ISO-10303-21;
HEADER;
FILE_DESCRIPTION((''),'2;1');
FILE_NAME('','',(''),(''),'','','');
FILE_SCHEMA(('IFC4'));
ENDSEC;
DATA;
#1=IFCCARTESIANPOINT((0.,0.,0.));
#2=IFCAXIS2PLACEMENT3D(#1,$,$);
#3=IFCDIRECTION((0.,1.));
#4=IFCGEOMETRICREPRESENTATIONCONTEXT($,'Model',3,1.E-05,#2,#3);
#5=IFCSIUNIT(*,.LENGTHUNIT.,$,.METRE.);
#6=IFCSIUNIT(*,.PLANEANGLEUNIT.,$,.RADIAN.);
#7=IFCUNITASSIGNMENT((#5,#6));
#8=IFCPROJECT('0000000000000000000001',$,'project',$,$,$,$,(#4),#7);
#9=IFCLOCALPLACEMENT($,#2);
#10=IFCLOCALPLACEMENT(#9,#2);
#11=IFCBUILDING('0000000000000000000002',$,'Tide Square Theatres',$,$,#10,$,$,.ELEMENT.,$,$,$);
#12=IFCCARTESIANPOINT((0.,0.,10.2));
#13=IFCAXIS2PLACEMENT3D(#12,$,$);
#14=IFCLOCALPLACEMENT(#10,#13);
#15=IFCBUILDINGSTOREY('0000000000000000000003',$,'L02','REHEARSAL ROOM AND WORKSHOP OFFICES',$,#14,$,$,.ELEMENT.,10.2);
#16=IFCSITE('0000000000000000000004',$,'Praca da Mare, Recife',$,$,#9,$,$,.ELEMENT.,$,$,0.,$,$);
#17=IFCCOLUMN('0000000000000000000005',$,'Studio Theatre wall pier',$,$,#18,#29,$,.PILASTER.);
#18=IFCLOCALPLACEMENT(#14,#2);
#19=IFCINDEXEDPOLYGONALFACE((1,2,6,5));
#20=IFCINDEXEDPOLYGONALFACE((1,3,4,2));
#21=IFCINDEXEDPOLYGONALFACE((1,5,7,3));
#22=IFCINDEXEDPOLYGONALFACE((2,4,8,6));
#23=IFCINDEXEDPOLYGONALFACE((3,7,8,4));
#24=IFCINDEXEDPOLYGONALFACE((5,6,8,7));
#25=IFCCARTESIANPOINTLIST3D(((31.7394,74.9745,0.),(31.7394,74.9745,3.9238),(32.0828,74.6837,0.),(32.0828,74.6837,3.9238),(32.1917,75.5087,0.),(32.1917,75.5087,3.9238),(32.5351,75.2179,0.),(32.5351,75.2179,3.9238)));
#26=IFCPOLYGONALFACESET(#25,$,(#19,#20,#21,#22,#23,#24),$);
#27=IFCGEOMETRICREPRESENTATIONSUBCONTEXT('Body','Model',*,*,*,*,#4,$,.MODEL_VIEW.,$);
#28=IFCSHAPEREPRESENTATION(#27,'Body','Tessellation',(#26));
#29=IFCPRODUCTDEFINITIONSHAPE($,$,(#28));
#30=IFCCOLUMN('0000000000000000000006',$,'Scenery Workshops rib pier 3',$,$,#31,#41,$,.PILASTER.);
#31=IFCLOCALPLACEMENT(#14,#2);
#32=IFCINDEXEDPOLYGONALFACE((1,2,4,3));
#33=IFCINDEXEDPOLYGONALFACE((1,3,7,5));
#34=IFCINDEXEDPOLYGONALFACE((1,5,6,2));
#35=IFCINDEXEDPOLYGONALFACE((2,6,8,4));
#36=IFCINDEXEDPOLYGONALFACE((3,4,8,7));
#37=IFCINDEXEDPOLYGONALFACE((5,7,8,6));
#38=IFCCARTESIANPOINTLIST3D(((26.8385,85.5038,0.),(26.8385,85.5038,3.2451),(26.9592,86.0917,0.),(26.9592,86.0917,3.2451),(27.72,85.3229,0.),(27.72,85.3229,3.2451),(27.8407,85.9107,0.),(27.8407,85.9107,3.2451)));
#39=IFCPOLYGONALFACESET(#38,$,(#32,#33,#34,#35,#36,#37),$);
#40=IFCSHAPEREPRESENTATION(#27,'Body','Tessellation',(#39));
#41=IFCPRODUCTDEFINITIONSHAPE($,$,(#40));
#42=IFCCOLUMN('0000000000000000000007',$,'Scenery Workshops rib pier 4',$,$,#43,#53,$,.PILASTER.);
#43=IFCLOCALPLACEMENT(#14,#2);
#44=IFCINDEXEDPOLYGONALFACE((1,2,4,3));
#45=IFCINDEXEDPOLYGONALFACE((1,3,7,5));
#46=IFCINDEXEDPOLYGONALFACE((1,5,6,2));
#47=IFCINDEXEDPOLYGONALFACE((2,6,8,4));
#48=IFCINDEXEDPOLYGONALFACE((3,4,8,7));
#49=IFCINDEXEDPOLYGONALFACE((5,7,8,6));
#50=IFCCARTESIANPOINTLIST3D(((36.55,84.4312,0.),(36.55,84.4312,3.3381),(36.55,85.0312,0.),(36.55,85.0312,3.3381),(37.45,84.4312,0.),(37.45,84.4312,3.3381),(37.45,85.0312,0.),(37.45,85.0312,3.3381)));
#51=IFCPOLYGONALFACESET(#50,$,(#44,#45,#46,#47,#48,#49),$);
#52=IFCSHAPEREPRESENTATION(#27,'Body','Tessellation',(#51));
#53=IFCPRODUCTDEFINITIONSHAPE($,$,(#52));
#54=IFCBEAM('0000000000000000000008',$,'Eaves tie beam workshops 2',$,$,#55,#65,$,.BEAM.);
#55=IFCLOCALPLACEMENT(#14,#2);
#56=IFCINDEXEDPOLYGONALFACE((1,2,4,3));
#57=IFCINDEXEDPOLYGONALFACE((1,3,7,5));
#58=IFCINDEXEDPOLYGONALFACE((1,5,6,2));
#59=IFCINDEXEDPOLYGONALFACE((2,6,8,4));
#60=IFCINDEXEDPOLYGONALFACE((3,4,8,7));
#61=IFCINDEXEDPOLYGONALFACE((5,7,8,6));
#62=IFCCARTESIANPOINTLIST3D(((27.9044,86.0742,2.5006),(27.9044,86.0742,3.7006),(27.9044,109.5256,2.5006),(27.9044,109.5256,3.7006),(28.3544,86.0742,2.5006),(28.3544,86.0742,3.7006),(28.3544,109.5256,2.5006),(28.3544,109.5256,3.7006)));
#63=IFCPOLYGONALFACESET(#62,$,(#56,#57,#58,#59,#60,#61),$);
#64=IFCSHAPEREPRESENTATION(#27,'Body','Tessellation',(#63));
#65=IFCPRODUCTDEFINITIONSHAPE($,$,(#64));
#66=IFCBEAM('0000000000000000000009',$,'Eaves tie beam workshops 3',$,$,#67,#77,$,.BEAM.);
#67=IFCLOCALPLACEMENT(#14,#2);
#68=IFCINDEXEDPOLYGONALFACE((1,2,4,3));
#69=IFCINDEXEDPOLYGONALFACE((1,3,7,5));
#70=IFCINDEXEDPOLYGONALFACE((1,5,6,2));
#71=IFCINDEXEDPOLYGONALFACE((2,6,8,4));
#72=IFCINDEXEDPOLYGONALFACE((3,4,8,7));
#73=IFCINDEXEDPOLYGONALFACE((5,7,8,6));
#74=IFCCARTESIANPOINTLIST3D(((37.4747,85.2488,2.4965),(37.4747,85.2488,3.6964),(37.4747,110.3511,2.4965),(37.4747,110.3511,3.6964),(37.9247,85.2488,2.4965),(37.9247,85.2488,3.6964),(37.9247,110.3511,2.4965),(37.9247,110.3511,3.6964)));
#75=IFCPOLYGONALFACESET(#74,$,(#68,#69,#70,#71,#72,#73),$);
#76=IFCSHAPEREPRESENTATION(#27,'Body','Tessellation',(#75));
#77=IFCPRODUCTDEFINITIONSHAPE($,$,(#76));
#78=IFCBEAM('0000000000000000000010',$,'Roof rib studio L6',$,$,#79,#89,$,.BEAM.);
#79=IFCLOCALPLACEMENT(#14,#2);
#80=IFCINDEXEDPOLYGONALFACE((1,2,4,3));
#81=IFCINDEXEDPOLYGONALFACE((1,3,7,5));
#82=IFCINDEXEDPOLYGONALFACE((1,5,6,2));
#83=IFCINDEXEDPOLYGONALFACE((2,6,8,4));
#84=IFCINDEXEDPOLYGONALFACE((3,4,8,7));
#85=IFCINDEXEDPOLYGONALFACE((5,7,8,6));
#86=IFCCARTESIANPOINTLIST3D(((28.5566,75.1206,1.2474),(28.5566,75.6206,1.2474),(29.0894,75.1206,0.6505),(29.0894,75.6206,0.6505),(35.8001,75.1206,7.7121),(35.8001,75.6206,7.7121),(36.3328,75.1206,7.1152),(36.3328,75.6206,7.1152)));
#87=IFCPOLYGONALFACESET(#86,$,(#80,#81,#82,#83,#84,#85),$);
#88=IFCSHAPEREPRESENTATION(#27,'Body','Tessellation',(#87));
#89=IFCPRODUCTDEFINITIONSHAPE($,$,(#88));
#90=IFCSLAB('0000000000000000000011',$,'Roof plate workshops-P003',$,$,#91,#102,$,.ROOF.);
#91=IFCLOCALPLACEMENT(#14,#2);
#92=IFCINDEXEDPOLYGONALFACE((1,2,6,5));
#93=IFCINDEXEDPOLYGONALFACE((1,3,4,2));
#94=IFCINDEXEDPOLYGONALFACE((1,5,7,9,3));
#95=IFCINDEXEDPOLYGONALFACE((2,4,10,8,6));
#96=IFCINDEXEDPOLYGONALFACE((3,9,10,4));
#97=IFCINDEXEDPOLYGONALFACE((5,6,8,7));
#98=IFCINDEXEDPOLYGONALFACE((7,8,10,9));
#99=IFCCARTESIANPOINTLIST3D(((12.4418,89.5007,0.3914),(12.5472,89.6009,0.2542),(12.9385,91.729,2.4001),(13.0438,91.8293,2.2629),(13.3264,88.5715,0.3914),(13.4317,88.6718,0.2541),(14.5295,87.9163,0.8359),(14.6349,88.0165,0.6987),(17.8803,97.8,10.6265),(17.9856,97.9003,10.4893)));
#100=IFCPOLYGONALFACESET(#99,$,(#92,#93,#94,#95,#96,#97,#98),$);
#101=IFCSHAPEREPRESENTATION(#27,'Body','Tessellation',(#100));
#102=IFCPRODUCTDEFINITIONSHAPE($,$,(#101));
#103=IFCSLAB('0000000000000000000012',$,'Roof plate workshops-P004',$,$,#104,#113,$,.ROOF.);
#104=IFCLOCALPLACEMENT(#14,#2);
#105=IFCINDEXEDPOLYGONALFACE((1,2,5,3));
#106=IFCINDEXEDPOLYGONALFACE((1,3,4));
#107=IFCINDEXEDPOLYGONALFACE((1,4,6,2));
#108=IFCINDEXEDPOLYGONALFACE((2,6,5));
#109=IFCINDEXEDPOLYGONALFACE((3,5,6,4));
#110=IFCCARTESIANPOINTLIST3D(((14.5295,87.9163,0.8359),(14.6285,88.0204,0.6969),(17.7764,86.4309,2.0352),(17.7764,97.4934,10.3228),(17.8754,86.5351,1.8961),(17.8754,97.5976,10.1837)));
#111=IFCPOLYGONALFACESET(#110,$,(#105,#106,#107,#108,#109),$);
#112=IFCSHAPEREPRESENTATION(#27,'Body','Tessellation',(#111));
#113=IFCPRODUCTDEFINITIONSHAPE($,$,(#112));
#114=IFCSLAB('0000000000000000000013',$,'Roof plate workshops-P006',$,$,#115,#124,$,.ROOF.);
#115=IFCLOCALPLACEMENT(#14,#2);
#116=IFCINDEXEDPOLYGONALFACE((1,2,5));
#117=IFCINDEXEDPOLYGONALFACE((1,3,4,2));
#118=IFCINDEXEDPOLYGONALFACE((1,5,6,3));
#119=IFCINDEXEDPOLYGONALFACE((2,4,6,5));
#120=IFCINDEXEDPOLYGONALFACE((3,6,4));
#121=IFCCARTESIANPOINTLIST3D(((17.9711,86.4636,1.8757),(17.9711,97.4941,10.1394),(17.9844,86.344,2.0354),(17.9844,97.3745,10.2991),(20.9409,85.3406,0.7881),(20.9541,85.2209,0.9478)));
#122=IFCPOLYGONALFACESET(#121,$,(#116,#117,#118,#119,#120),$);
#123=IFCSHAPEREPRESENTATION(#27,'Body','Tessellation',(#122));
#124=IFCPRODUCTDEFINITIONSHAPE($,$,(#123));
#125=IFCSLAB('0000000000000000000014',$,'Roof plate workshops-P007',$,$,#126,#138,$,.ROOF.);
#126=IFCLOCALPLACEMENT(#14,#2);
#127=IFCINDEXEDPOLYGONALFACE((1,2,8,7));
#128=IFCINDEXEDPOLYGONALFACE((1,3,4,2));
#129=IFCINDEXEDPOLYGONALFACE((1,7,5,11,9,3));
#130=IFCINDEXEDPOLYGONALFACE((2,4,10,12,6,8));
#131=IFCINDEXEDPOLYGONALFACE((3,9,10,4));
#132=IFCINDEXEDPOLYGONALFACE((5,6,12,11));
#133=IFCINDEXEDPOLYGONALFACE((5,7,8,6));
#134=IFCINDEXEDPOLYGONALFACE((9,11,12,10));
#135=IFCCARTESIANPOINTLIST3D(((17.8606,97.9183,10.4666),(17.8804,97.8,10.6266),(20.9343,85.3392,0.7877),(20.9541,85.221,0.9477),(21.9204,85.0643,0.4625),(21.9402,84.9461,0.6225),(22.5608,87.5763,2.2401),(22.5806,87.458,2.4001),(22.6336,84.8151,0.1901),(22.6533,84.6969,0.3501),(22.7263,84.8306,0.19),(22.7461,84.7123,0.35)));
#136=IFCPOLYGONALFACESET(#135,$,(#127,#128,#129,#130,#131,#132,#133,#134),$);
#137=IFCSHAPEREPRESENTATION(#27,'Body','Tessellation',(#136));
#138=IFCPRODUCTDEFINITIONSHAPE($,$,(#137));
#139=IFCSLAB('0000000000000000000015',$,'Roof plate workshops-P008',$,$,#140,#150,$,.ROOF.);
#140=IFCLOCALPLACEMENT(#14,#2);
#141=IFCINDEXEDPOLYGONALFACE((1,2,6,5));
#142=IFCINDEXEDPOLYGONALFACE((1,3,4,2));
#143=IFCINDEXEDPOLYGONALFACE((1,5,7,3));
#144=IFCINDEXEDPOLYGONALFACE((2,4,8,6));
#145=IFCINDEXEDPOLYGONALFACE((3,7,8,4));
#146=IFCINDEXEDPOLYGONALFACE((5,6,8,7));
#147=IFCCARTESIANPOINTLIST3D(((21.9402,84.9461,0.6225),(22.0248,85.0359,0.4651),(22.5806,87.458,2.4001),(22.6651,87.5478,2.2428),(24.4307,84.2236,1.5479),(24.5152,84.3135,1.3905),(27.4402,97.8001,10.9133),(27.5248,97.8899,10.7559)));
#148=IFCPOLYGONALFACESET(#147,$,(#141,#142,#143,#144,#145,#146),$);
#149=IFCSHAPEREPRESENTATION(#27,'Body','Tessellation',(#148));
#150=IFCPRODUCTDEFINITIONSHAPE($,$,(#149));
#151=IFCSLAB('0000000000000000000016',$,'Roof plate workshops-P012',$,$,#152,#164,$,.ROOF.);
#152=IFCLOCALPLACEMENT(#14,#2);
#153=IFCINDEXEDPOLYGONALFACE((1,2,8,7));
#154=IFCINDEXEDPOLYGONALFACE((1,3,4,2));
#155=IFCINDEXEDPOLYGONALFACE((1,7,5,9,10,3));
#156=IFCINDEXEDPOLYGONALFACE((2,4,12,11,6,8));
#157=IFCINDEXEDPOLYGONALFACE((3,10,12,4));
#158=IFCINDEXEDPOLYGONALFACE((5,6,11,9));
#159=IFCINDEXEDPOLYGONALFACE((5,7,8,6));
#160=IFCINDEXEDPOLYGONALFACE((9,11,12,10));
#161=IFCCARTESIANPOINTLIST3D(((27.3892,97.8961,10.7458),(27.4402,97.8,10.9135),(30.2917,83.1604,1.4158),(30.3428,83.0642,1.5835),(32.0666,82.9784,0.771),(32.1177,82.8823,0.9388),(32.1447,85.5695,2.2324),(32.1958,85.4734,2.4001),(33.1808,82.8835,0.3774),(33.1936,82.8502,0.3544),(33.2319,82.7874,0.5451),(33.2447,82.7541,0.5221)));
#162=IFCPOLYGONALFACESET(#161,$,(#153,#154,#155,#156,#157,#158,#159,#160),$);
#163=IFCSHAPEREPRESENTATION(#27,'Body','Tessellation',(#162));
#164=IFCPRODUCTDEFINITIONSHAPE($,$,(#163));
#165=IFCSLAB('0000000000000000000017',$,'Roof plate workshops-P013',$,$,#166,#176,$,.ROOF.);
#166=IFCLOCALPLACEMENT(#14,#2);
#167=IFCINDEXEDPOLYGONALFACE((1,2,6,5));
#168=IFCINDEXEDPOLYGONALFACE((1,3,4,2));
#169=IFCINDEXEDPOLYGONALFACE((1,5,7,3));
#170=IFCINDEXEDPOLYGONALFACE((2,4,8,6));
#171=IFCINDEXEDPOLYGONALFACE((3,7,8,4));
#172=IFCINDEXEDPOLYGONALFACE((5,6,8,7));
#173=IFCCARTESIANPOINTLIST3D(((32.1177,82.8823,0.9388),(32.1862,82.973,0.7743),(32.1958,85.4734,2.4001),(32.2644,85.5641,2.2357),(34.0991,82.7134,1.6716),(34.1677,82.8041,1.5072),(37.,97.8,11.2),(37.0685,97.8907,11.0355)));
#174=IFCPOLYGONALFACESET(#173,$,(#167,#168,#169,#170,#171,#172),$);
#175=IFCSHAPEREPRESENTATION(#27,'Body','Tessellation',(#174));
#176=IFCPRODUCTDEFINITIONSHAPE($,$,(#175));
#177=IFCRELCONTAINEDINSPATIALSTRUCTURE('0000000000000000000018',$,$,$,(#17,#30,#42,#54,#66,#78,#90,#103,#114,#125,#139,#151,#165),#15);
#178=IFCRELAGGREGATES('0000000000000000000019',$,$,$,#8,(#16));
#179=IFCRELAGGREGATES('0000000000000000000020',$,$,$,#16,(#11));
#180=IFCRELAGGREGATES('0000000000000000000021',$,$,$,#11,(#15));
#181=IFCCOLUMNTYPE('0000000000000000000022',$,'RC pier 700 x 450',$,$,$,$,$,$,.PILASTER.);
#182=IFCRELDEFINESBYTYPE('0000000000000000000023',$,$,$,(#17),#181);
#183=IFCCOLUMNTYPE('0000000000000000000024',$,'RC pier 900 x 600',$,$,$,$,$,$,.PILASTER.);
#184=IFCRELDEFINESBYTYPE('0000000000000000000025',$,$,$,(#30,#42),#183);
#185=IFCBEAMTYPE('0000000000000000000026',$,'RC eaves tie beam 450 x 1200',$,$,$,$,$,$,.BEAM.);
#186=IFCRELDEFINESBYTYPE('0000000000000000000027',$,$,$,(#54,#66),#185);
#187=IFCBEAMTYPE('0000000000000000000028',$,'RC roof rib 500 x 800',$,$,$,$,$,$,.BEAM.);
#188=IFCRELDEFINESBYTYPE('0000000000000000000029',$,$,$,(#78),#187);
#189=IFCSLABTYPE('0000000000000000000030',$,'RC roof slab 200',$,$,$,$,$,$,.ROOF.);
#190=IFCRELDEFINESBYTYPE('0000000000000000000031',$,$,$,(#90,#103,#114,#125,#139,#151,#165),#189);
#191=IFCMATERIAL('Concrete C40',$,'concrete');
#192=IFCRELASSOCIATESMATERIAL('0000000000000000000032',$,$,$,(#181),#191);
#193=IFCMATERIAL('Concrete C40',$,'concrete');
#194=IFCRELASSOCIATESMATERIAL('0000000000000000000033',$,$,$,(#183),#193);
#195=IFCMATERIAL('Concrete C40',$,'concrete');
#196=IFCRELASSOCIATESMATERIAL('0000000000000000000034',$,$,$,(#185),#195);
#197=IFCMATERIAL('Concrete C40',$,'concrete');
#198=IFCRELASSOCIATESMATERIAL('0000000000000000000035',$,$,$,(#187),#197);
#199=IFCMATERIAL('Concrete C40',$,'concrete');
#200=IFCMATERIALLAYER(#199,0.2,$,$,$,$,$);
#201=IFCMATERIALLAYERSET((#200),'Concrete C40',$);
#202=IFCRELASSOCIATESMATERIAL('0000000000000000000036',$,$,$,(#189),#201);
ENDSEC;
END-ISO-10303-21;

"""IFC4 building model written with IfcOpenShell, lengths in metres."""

from ifc_helpers import new_model, si_unit, direction, frame, origin, origin_2d, place, context, subcontext, project, spatial, polyline, rectangle, outline, extrude, material, layer, layer_set, material_profile, profile_set, type_object, element, save


model = new_model("IFC4")

# Units and contexts
model_context = context("Model", 3, precision=1e-05, world=origin(), true_north=direction((0.0, 1.0)))
body_context = subcontext(model_context, "Body", "Model", "MODEL_VIEW")
ifc_project = project(units=[si_unit("LENGTHUNIT", "METRE"), si_unit("PLANEANGLEUNIT", "RADIAN")], contexts=[model_context])

# Site, building, storey
site_placement = place(None, origin())
site = spatial("IfcSite", under=ifc_project, at=site_placement, Name="Praca da Mare, Recife", CompositionType="ELEMENT", RefElevation=0.0)
building_placement = place(site_placement, origin())
building = spatial("IfcBuilding", under=site, at=building_placement, Name="Tide Square Theatres", CompositionType="ELEMENT")
storey_placement = place(building_placement, frame((0.0, 0.0, 10.2)))
storey = spatial("IfcBuildingStorey", under=building, at=storey_placement, Name="L02", Description="REHEARSAL ROOM AND WORKSHOP OFFICES", CompositionType="ELEMENT", Elevation=10.2)

# Columns
ifc_material_1 = material(Name="Concrete C40", Category="concrete")
ifc_material_profile_1 = material_profile(ifc_material_1, rectangle(XDim=0.7, YDim=0.45, at=origin_2d()))
ifc_profile_set_1 = profile_set([ifc_material_profile_1], Name="Concrete C40")
column_type_1 = type_object("IfcColumnType", Name="RC pier 700 x 450", PredefinedType="PILASTER", material=ifc_profile_set_1)
column_1_placement = place(storey_placement, frame((32.1372, 75.0962, 0.0), z_axis=(0.0, 0.0, 1.0), x_axis=(-0.646184, -0.763182, 0.0)))
element("IfcColumn", 1, at=column_1_placement, inside=storey, type_object=column_type_1, Name="Studio Theatre wall pier", PredefinedType="PILASTER", context=body_context, shape_type="SweptSolid", body=[
    extrude(rectangle(XDim=0.7, YDim=0.45, at=origin_2d()), origin(), (0.0, 0.0, 1.0), 3.9238),
])
ifc_material_2 = material(Name="Concrete C40", Category="concrete")
ifc_material_profile_2 = material_profile(ifc_material_2, rectangle(XDim=0.8999, YDim=0.6001, at=origin_2d()))
ifc_profile_set_2 = profile_set([ifc_material_profile_2], Name="Concrete C40")
column_type_2 = type_object("IfcColumnType", Name="RC pier 900 x 600", PredefinedType="PILASTER", material=ifc_profile_set_2)
column_2_placement = place(storey_placement, frame((27.3396, 85.7073, 0.0), z_axis=(0.0, 0.0, 1.0), x_axis=(0.979575, -0.201079, 0.0)))
element("IfcColumn", 2, at=column_2_placement, inside=storey, type_object=column_type_2, Name="Scenery Workshops rib pier 3", PredefinedType="PILASTER", context=body_context, shape_type="SweptSolid", body=[
    extrude(rectangle(XDim=0.8999, YDim=0.6001, at=origin_2d()), origin(), (0.0, 0.0, 1.0), 3.2451),
])
column_3_placement = place(storey_placement, frame((37.0, 84.7312, 0.0), z_axis=(0.0, 0.0, 1.0), x_axis=(1.0, 0.0, 0.0)))
element("IfcColumn", 3, at=column_3_placement, inside=storey, type_object=column_type_2, Name="Scenery Workshops rib pier 4", PredefinedType="PILASTER", context=body_context, shape_type="SweptSolid", body=[
    extrude(rectangle(XDim=0.8999, YDim=0.6001, at=origin_2d()), origin(), (0.0, 0.0, 1.0), 3.3381),
])

# Beams
ifc_material_3 = material(Name="Concrete C40", Category="concrete")
ifc_material_profile_3 = material_profile(ifc_material_3, rectangle(XDim=0.45, YDim=1.2, at=origin_2d()))
ifc_profile_set_3 = profile_set([ifc_material_profile_3], Name="Concrete C40")
beam_type_1 = type_object("IfcBeamType", Name="RC eaves tie beam 450 x 1200", PredefinedType="BEAM", material=ifc_profile_set_3)
beam_1_placement = place(storey_placement, frame((28.1294, 86.0742, 3.1006), z_axis=(0.0, 1.0, 0.0), x_axis=(-1.0, 0.0, 0.0)))
element("IfcBeam", 4, at=beam_1_placement, inside=storey, type_object=beam_type_1, Name="Eaves tie beam workshops 2", PredefinedType="BEAM", context=body_context, shape_type="SweptSolid", body=[
    extrude(rectangle(XDim=0.45, YDim=1.2, at=origin_2d()), origin(), (0.0, 0.0, 1.0), 23.4514),
])
beam_2_placement = place(storey_placement, frame((37.6997, 85.2488, 3.0964), z_axis=(0.0, 1.0, 0.0), x_axis=(-1.0, 0.0, 0.0)))
element("IfcBeam", 5, at=beam_2_placement, inside=storey, type_object=beam_type_1, Name="Eaves tie beam workshops 3", PredefinedType="BEAM", context=body_context, shape_type="SweptSolid", body=[
    extrude(rectangle(XDim=0.45, YDim=1.2, at=origin_2d()), origin(), (0.0, 0.0, 1.0), 25.1023),
])
ifc_material_4 = material(Name="Concrete C40", Category="concrete")
ifc_material_profile_4 = material_profile(ifc_material_4, rectangle(XDim=0.5, YDim=0.8, at=origin_2d()))
ifc_profile_set_4 = profile_set([ifc_material_profile_4], Name="Concrete C40")
beam_type_2 = type_object("IfcBeamType", Name="RC roof rib 500 x 800", PredefinedType="BEAM", material=ifc_profile_set_4)
beam_3_placement = place(storey_placement, frame((28.823, 75.3706, 0.949), z_axis=(0.746077, 0.0, 0.665859), x_axis=(0.0, 1.0, 0.0)))
element("IfcBeam", 6, at=beam_3_placement, inside=storey, type_object=beam_type_2, Name="Roof rib studio L6", PredefinedType="BEAM", context=body_context, shape_type="SweptSolid", body=[
    extrude(rectangle(XDim=0.5, YDim=0.8, at=origin_2d()), origin(), (0.0, 0.0, 1.0), 9.7087),
])

# Slabs
ifc_material_5 = material(Name="Concrete C40", Category="concrete")
ifc_layer_1 = layer(ifc_material_5, 0.2)
ifc_layer_set_1 = layer_set([ifc_layer_1], Name="Concrete C40")
slab_type = type_object("IfcSlabType", Name="RC roof slab 200", PredefinedType="ROOF", material=ifc_layer_set_1)
slab_1_placement = place(storey_placement, frame((14.5295, 87.9163, 0.8359), z_axis=(-0.526692, -0.501404, 0.686432), x_axis=(0.234159, 0.690695, 0.684186)))
element("IfcSlab", 7, at=slab_1_placement, inside=storey, type_object=slab_type, Name="Roof plate workshops-P003", PredefinedType="ROOF", context=body_context, shape_type="SweptSolid", body=[
    extrude(outline(polyline([(0.0, 0.0), (14.3098, 0.0), (3.3311, 2.9016), (0.3014, 2.6411), (-0.1333, 1.4341), (0.0, 0.0)])), origin(), (0.0, 0.0, -1.0), 0.2),
])
slab_2_placement = place(storey_placement, frame((14.5295, 87.9163, 0.8359), z_axis=(-0.495131, -0.520918, 0.695334), x_axis=(0.862035, -0.394362, 0.318394)))
element("IfcSlab", 8, at=slab_2_placement, inside=storey, type_object=slab_type, Name="Roof plate workshops-P004", PredefinedType="ROOF", context=body_context, shape_type="SweptSolid", body=[
    extrude(outline(polyline([(0.0, 0.0), (3.7665, 0.0), (2.0426, 13.7146), (0.0, 0.0)])), origin(), (0.0, 0.0, -1.0), 0.2),
])
slab_3_placement = place(storey_placement, frame((20.9541, 85.2209, 0.9478), z_axis=(0.06623, -0.598256, 0.798564), x_axis=(-0.190127, 0.778091, 0.598687)))
element("IfcSlab", 9, at=slab_3_placement, inside=storey, type_object=slab_type, Name="Roof plate workshops-P006", PredefinedType="ROOF", context=body_context, shape_type="SweptSolid", body=[
    extrude(outline(polyline([(0.0, 0.0), (15.6197, 0.0), (2.0896, 2.6262), (0.0, 0.0)])), origin(), (0.0, 0.0, -1.0), 0.2),
])
slab_4_placement = place(storey_placement, frame((22.5806, 87.458, 2.4001), z_axis=(0.098999, -0.591513, 0.800194), x_axis=(-0.335111, 0.737356, 0.586522)))
element("IfcSlab", 10, at=slab_4_placement, inside=storey, type_object=slab_type, Name="Roof plate workshops-P007", PredefinedType="ROOF", context=body_context, shape_type="SweptSolid", body=[
    extrude(outline(polyline([(0.0, 0.0), (14.0258, 0.0), (-1.9563, 2.4356), (-3.2628, 1.0893), (-3.2825, 0.9973), (-2.6802, 1.6421), (0.0, 0.0)])), origin(), (0.0, 0.0, -1.0), 0.2),
])
slab_5_placement = place(storey_placement, frame((24.4307, 84.2236, 1.5479), z_axis=(-0.42276, -0.449224, 0.787065), x_axis=(0.179507, 0.809776, 0.558606)))
element("IfcSlab", 11, at=slab_5_placement, inside=storey, type_object=slab_type, Name="Roof plate workshops-P008", PredefinedType="ROOF", context=body_context, shape_type="SweptSolid", body=[
    extrude(outline(polyline([(0.0, 0.0), (16.7657, 0.0), (2.7631, 2.6411), (-0.3789, 2.7271), (0.0, 0.0)])), origin(), (0.0, 0.0, -1.0), 0.2),
])
slab_6_placement = place(storey_placement, frame((32.1958, 85.4734, 2.4001), z_axis=(0.255405, -0.480792, 0.838813), x_axis=(-0.302567, 0.784262, 0.541651)))
element("IfcSlab", 12, at=slab_6_placement, inside=storey, type_object=slab_type, Name="Roof plate workshops-P012", PredefinedType="ROOF", context=body_context, shape_type="SweptSolid", body=[
    extrude(outline(polyline([(0.0, 0.0), (15.7174, 0.0), (-1.7711, 2.6015), (-3.4673, 0.0002), (-3.4248, 0.0001), (-2.8, 1.0077), (0.0, 0.0)])), origin(), (0.0, 0.0, -1.0), 0.2),
])
slab_7_placement = place(storey_placement, frame((34.0991, 82.7134, 1.6716), z_axis=(-0.342907, -0.453598, 0.822595), x_axis=(0.160464, 0.834533, 0.527072)))
element("IfcSlab", 13, at=slab_7_placement, inside=storey, type_object=slab_type, Name="Roof plate workshops-P013", PredefinedType="ROOF", context=body_context, shape_type="SweptSolid", body=[
    extrude(outline(polyline([(0.0, 0.0), (18.0779, 0.0), (2.3819, 2.4693), (-0.5633, 2.0432), (0.0, 0.0)])), origin(), (0.0, 0.0, -1.0), 0.2),
])

save(model, "model.ifc")
